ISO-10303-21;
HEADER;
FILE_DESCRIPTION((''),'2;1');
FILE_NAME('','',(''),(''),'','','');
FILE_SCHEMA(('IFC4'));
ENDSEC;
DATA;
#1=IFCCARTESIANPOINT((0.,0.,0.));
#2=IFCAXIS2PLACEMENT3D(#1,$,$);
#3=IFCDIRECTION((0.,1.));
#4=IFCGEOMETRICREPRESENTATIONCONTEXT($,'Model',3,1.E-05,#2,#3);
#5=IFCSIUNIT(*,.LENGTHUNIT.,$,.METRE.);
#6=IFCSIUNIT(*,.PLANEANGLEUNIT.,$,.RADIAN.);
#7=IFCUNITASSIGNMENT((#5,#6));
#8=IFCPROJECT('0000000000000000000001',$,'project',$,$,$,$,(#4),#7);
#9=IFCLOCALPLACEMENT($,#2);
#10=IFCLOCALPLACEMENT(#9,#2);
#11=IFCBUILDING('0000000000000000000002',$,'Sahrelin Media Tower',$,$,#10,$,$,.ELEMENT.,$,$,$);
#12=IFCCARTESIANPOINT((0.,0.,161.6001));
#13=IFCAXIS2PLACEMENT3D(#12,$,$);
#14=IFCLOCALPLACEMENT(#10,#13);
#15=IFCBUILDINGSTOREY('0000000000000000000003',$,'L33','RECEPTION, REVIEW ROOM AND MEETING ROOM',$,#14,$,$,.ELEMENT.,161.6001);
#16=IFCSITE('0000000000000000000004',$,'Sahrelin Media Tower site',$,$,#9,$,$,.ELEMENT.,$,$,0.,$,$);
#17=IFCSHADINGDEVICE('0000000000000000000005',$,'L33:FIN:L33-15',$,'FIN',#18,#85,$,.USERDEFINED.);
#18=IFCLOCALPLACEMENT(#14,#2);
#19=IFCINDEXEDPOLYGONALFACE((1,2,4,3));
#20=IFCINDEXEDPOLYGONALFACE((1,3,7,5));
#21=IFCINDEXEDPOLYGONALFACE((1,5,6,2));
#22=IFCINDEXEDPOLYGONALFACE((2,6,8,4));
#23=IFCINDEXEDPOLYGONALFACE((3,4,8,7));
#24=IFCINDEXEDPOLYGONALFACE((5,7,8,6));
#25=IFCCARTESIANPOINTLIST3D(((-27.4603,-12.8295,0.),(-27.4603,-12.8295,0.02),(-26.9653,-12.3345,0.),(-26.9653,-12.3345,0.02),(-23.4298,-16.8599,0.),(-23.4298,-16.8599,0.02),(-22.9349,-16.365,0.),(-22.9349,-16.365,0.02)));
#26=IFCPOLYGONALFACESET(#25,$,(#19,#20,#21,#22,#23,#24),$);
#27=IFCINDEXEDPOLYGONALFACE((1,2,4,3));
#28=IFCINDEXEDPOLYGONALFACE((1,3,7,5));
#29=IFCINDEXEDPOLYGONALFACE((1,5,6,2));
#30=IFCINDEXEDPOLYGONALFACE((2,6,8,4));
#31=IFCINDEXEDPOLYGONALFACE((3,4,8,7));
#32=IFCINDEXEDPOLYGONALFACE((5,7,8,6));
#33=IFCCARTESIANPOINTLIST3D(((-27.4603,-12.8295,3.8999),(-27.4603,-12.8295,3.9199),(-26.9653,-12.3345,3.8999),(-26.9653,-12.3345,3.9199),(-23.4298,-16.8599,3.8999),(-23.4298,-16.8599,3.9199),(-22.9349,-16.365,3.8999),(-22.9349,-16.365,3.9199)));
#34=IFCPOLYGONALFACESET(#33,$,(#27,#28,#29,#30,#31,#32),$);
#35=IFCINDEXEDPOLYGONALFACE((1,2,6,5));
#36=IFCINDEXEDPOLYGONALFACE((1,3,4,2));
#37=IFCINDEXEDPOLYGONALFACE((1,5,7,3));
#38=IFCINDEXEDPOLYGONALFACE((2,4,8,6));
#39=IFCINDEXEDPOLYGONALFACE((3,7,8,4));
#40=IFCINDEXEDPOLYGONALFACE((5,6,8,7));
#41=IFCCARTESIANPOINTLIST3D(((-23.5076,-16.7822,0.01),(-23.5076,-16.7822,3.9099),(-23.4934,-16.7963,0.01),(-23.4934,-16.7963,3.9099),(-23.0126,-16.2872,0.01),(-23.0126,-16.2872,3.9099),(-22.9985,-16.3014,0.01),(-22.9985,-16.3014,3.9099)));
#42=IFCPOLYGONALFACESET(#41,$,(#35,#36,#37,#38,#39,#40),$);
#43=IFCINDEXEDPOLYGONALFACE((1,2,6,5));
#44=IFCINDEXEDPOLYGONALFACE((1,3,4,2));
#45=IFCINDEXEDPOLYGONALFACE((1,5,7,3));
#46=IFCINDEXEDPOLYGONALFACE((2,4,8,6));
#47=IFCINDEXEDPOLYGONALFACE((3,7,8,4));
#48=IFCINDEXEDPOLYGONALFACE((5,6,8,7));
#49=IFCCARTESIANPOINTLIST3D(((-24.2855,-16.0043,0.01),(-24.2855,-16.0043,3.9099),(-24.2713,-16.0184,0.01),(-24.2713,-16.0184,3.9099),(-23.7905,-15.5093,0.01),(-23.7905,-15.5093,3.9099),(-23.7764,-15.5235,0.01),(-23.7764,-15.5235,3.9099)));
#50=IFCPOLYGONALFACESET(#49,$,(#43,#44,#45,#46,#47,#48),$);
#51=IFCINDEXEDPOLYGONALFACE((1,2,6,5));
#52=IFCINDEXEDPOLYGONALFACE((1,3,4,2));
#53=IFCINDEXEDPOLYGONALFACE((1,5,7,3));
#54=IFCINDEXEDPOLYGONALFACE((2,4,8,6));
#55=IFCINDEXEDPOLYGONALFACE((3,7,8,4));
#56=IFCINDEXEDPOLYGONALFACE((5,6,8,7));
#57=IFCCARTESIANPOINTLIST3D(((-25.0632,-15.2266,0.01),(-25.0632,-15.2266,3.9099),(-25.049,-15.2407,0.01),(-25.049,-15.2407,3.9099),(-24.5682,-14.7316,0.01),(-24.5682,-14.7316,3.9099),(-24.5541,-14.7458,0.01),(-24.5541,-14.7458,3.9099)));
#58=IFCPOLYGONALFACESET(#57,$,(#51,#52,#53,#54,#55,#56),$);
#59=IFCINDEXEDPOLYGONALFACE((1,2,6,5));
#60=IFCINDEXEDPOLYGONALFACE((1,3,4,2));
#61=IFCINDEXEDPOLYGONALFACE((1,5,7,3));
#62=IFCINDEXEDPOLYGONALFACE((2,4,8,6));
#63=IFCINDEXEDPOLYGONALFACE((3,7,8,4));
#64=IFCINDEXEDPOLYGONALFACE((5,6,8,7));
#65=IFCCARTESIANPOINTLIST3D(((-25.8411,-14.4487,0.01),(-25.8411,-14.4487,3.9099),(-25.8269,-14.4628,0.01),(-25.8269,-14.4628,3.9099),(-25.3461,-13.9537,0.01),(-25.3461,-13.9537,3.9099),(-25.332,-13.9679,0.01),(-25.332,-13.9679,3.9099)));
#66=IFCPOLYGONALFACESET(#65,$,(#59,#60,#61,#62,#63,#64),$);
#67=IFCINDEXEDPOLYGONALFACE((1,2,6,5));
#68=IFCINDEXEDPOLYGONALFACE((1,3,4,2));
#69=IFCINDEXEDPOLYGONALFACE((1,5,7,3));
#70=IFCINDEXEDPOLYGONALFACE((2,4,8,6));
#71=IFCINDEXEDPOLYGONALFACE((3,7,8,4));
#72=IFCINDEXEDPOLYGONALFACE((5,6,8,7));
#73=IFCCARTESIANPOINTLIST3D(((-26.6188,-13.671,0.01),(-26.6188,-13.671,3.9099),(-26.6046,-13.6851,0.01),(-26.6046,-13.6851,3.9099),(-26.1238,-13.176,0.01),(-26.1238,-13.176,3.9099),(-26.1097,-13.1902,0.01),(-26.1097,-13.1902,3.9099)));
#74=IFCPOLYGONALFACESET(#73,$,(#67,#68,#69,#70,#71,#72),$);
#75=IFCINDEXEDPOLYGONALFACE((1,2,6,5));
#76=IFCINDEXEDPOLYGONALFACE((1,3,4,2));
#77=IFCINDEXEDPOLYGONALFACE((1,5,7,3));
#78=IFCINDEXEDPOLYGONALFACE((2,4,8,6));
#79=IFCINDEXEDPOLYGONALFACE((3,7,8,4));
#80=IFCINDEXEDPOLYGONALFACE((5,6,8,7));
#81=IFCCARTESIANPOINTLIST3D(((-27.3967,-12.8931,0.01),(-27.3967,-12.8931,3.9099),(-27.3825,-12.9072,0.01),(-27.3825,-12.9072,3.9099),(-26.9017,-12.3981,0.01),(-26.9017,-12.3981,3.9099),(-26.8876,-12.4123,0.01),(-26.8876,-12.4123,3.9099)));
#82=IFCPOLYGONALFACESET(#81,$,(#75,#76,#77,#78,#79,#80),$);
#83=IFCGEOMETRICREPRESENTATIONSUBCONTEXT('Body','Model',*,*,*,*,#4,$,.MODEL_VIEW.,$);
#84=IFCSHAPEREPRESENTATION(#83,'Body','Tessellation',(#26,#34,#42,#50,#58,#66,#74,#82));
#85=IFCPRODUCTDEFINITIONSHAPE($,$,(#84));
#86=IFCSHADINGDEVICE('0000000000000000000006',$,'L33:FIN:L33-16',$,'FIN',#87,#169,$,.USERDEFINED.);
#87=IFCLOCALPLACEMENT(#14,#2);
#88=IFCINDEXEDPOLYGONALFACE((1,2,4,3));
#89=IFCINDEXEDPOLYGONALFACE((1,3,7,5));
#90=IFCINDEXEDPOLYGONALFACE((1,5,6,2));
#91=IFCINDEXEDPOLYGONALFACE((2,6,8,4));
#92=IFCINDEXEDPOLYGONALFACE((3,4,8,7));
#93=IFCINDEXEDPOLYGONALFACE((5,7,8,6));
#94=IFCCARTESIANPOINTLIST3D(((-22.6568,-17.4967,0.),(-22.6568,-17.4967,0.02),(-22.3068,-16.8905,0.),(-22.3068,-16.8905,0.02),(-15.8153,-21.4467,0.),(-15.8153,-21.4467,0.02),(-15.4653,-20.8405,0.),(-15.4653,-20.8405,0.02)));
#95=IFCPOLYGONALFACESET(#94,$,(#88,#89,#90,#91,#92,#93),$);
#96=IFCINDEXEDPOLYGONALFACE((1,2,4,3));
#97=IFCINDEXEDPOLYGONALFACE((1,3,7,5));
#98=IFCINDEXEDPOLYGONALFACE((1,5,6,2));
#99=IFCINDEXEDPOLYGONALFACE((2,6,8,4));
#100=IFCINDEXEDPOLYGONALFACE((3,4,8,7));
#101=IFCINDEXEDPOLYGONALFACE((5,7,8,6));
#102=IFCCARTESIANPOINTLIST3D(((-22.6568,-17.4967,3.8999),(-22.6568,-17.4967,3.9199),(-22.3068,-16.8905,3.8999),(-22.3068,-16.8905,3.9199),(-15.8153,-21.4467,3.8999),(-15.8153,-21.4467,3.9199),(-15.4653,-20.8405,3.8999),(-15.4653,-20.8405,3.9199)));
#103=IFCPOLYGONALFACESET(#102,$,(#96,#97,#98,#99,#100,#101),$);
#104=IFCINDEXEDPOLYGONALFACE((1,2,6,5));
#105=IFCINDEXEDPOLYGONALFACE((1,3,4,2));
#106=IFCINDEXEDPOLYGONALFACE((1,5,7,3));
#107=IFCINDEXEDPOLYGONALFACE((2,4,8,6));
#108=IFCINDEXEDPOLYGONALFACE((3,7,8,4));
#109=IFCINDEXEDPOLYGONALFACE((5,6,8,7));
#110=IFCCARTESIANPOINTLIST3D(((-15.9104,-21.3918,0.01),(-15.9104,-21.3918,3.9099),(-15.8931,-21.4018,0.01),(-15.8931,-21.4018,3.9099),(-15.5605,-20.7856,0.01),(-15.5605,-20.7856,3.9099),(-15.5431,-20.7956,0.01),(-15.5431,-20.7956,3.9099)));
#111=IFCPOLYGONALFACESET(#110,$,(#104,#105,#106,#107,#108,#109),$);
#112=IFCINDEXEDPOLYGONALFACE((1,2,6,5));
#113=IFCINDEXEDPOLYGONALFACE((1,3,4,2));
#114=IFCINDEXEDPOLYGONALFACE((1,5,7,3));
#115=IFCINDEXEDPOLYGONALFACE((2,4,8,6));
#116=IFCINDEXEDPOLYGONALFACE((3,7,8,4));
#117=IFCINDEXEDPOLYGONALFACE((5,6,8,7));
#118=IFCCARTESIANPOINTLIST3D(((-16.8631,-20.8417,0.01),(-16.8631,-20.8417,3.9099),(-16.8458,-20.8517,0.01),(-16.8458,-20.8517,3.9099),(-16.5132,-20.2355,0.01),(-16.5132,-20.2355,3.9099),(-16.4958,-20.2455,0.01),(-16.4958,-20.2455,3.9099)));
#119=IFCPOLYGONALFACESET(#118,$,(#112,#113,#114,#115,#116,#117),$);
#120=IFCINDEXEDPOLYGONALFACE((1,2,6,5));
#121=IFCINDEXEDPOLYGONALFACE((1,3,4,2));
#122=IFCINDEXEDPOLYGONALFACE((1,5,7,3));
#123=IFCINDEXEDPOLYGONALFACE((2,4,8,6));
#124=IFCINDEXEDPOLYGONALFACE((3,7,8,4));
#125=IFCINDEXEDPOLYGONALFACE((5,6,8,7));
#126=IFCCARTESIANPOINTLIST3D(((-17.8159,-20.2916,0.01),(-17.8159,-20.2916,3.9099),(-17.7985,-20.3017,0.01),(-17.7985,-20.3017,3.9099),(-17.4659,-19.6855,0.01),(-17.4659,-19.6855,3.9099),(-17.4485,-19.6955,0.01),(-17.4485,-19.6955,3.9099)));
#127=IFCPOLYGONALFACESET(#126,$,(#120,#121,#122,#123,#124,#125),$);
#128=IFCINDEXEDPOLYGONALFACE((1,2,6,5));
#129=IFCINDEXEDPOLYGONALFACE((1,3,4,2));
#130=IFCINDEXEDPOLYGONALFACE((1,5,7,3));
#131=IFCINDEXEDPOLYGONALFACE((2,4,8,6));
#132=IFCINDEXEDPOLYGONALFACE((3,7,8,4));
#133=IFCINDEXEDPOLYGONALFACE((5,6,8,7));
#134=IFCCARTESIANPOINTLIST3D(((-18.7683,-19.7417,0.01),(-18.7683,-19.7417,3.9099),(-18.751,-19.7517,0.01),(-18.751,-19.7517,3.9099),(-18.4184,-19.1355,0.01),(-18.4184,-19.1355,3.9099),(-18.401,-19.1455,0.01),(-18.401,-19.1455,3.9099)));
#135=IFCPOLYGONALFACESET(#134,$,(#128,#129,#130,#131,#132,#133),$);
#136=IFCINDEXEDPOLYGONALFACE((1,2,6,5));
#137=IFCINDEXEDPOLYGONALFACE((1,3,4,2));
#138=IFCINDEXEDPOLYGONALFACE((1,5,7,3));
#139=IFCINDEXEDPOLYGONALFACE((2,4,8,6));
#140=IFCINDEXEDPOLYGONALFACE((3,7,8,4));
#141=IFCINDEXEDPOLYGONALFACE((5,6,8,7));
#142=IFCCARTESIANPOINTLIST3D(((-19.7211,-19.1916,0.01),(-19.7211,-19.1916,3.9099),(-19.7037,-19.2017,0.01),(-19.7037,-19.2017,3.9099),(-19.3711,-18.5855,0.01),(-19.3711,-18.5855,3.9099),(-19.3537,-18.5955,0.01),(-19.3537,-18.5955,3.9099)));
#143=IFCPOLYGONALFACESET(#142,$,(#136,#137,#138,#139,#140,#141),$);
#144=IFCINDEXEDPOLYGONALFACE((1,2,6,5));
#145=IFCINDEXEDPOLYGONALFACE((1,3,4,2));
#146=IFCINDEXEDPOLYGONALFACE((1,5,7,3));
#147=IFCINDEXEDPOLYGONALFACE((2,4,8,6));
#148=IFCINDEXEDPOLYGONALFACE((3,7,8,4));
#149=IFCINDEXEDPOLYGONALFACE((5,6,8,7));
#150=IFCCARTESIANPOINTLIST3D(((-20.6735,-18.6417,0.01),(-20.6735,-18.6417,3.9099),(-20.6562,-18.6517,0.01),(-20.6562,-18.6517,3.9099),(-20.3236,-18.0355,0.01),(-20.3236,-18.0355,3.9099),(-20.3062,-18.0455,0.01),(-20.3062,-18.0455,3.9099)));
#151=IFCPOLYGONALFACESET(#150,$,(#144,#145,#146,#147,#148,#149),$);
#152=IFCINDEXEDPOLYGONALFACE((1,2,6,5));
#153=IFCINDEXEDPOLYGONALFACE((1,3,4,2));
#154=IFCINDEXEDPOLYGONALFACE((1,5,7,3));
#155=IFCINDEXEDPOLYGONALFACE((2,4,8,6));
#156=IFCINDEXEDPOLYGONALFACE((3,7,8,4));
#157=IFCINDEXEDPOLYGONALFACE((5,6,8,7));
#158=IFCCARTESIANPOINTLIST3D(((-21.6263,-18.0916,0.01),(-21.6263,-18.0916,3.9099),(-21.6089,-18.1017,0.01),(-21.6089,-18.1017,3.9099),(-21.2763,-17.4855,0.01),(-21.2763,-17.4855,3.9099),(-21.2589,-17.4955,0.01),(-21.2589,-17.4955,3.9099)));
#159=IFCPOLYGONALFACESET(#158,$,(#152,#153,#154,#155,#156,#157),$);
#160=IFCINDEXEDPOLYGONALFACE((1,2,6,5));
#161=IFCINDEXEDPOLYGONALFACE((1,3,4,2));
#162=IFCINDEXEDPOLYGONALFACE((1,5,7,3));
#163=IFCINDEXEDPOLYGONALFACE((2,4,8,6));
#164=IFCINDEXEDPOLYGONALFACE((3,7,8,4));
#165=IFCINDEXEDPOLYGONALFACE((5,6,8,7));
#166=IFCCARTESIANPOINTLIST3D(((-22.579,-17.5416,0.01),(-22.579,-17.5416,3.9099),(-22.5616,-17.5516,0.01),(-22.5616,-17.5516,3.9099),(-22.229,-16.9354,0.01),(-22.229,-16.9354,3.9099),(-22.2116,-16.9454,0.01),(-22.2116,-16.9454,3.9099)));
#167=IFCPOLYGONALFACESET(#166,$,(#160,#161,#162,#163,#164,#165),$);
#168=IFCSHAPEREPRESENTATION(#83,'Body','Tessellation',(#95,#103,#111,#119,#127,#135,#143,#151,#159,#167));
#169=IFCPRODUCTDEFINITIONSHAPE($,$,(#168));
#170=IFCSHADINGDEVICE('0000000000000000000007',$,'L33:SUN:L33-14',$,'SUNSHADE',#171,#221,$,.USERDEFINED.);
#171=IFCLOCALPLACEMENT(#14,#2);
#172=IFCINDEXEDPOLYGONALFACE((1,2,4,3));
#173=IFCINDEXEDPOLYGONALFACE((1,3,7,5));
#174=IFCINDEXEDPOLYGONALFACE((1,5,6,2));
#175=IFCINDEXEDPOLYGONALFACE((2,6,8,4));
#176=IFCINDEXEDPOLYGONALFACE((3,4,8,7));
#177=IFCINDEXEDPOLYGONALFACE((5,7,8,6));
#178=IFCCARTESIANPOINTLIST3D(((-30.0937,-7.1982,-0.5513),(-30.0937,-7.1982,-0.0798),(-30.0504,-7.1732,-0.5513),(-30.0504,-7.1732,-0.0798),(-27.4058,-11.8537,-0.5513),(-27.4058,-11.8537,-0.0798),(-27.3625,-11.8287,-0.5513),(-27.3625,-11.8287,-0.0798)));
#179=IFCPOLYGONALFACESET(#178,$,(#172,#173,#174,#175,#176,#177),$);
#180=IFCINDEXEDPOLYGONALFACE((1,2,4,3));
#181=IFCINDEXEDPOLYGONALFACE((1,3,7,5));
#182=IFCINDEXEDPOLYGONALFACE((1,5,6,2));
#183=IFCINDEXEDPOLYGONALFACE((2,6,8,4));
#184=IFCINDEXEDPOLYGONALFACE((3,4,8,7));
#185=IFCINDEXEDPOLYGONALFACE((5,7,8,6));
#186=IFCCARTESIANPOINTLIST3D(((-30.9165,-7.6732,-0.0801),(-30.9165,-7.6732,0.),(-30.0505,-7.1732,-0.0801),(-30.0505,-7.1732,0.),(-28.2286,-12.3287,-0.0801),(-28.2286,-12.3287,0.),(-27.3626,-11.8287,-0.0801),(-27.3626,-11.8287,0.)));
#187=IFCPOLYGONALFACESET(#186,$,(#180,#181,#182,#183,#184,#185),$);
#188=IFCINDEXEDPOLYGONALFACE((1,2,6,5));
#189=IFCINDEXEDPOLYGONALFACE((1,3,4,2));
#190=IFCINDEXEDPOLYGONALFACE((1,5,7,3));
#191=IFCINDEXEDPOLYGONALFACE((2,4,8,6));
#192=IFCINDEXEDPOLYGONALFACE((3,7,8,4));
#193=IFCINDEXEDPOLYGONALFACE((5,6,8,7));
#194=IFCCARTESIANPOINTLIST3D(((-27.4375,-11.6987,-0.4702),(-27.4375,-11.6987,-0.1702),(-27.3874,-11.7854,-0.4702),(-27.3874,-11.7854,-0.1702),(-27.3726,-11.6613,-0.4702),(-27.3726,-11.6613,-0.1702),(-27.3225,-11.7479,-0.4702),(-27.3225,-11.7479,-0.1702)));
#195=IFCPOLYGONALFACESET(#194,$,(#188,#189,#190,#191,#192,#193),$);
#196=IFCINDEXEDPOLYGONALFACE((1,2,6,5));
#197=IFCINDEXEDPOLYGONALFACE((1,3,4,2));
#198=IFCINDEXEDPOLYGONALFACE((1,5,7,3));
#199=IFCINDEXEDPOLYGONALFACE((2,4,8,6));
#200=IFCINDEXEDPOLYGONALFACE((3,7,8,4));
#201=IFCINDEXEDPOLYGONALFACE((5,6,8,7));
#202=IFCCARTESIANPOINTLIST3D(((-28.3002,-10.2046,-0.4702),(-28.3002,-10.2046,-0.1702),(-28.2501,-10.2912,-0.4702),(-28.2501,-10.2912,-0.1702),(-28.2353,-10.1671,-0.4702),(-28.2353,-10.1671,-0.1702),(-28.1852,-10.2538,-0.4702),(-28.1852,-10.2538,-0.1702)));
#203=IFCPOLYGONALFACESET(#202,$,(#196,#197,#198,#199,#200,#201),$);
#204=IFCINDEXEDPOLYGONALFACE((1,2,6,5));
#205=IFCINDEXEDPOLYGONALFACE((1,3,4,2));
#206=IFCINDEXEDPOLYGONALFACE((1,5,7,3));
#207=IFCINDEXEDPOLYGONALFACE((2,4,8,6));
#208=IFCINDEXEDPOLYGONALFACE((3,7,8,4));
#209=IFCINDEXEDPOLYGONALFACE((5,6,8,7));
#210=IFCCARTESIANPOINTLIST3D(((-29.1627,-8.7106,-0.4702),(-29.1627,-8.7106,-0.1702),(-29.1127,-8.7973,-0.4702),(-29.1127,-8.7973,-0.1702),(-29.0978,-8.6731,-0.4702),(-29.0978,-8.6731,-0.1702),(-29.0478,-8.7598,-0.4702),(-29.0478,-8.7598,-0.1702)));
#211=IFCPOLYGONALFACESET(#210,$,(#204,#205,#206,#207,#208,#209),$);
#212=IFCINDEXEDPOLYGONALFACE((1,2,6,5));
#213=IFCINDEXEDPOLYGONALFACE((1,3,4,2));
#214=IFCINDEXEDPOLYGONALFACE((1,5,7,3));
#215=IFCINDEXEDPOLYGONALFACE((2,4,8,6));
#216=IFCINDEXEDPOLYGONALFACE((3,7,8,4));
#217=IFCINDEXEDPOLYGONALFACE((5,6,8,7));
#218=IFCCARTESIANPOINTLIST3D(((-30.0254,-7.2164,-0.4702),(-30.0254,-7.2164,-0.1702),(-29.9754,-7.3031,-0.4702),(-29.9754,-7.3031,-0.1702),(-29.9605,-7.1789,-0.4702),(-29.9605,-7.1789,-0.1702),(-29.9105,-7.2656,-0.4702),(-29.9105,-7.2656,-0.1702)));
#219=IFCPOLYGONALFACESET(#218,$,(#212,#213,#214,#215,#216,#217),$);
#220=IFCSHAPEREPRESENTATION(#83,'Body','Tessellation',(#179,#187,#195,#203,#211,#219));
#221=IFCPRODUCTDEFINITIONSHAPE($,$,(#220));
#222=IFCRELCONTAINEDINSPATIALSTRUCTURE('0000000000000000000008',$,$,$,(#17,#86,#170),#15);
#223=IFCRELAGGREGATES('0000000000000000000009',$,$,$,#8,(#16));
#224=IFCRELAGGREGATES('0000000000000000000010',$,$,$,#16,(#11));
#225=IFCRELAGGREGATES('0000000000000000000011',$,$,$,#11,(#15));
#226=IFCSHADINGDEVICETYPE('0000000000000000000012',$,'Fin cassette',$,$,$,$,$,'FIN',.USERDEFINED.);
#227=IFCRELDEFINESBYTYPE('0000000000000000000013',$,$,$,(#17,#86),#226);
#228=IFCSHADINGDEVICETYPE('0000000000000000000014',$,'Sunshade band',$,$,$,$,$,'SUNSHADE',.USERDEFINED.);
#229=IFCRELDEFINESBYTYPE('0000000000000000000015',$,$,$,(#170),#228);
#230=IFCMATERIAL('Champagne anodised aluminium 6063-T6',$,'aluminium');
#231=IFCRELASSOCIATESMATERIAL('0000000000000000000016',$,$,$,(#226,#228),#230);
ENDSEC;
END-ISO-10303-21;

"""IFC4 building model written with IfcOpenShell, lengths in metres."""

from ifc_helpers import new_model, si_unit, direction, frame, origin, origin_2d, place, context, subcontext, project, spatial, rectangle, extrude, material, type_object, element, save


model = new_model("IFC4")

# Units and contexts
model_context = context("Model", 3, precision=1e-05, world=origin(), true_north=direction((0.0, 1.0)))
body_context = subcontext(model_context, "Body", "Model", "MODEL_VIEW")
ifc_project = project(units=[si_unit("LENGTHUNIT", "METRE"), si_unit("PLANEANGLEUNIT", "RADIAN")], contexts=[model_context])

# Site, building, storey
site_placement = place(None, origin())
site = spatial("IfcSite", under=ifc_project, at=site_placement, Name="Sahrelin Media Tower site", CompositionType="ELEMENT", RefElevation=0.0)
building_placement = place(site_placement, origin())
building = spatial("IfcBuilding", under=site, at=building_placement, Name="Sahrelin Media Tower", CompositionType="ELEMENT")
storey_placement = place(building_placement, frame((0.0, 0.0, 161.6001)))
storey = spatial("IfcBuildingStorey", under=building, at=storey_placement, Name="L33", Description="RECEPTION, REVIEW ROOM AND MEETING ROOM", CompositionType="ELEMENT", Elevation=161.6001)

# Shared definitions
ifc_material_1 = material(Name="Champagne anodised aluminium 6063-T6", Category="aluminium")

# Shading devices
shading_device_type_1 = type_object("IfcShadingDeviceType", Name="Fin cassette", ElementType="FIN", PredefinedType="USERDEFINED", material=ifc_material_1)
placement_1 = place(storey_placement, frame((-28.6892, -9.491, 0.0), z_axis=(0.0, 0.0, 1.0), x_axis=(-0.500011, 0.866019, 0.0)))
placement_2 = place(storey_placement, frame((-24.9006, -14.3003, 0.0), z_axis=(0.0, 0.0, 1.0), x_axis=(-0.707107, 0.707107, 0.0)))
element("IfcShadingDevice", 1, at=placement_2, inside=storey, type_object=shading_device_type_1, Name="L33:FIN:L33-15", ObjectType="FIN", PredefinedType="USERDEFINED", context=body_context, shape_type="SweptSolid", body=[
    extrude(rectangle(XDim=5.7, YDim=0.7, at=origin_2d()), frame((0.0, 0.4199, 0.0)), (0.0, 0.0, 1.0), 0.02),
    extrude(rectangle(XDim=5.7, YDim=0.7, at=origin_2d()), frame((0.0, 0.4199, 3.8999)), (0.0, 0.0, 1.0), 0.02),
    extrude(rectangle(XDim=0.02, YDim=0.7, at=origin_2d()), frame((-2.75, 0.4199, 0.01), z_axis=(0.0, 0.0, 1.0), x_axis=(1.0, 0.0, 0.0)), (0.0, 0.0, 1.0), 3.8999),
    extrude(rectangle(XDim=0.02, YDim=0.7, at=origin_2d()), frame((-1.6499, 0.4199, 0.01), z_axis=(0.0, 0.0, 1.0), x_axis=(1.0, 0.0, 0.0)), (0.0, 0.0, 1.0), 3.8999),
    extrude(rectangle(XDim=0.02, YDim=0.7, at=origin_2d()), frame((-0.55, 0.4199, 0.01), z_axis=(0.0, 0.0, 1.0), x_axis=(1.0, 0.0, 0.0)), (0.0, 0.0, 1.0), 3.8999),
    extrude(rectangle(XDim=0.02, YDim=0.7, at=origin_2d()), frame((0.55, 0.4199, 0.01), z_axis=(0.0, 0.0, 1.0), x_axis=(1.0, 0.0, 0.0)), (0.0, 0.0, 1.0), 3.8999),
    extrude(rectangle(XDim=0.02, YDim=0.7, at=origin_2d()), frame((1.6499, 0.4199, 0.01), z_axis=(0.0, 0.0, 1.0), x_axis=(1.0, 0.0, 0.0)), (0.0, 0.0, 1.0), 3.8999),
    extrude(rectangle(XDim=0.02, YDim=0.7, at=origin_2d()), frame((2.75, 0.4199, 0.01), z_axis=(0.0, 0.0, 1.0), x_axis=(1.0, 0.0, 0.0)), (0.0, 0.0, 1.0), 3.8999),
])
placement_3 = place(storey_placement, frame((-18.8511, -18.8049, 0.0), z_axis=(0.0, 0.0, 1.0), x_axis=(-0.866019, 0.500011, 0.0)))
element("IfcShadingDevice", 2, at=placement_3, inside=storey, type_object=shading_device_type_1, Name="L33:FIN:L33-16", ObjectType="FIN", PredefinedType="USERDEFINED", context=body_context, shape_type="SweptSolid", body=[
    extrude(rectangle(XDim=7.8999, YDim=0.7, at=origin_2d()), frame((0.0, 0.4199, 0.0)), (0.0, 0.0, 1.0), 0.02),
    extrude(rectangle(XDim=7.8999, YDim=0.7, at=origin_2d()), frame((0.0, 0.4199, 3.8999)), (0.0, 0.0, 1.0), 0.02),
    extrude(rectangle(XDim=0.02, YDim=0.7, at=origin_2d()), frame((-3.8501, 0.4199, 0.01), z_axis=(0.0, 0.0, 1.0), x_axis=(1.0, 0.0, 0.0)), (0.0, 0.0, 1.0), 3.8999),
    extrude(rectangle(XDim=0.02, YDim=0.7, at=origin_2d()), frame((-2.75, 0.4199, 0.01), z_axis=(0.0, 0.0, 1.0), x_axis=(1.0, 0.0, 0.0)), (0.0, 0.0, 1.0), 3.8999),
    extrude(rectangle(XDim=0.02, YDim=0.7, at=origin_2d()), frame((-1.6499, 0.4199, 0.01), z_axis=(0.0, 0.0, 1.0), x_axis=(1.0, 0.0, 0.0)), (0.0, 0.0, 1.0), 3.8999),
    extrude(rectangle(XDim=0.02, YDim=0.7, at=origin_2d()), frame((-0.55, 0.4199, 0.01), z_axis=(0.0, 0.0, 1.0), x_axis=(1.0, 0.0, 0.0)), (0.0, 0.0, 1.0), 3.8999),
    extrude(rectangle(XDim=0.02, YDim=0.7, at=origin_2d()), frame((0.55, 0.4199, 0.01), z_axis=(0.0, 0.0, 1.0), x_axis=(1.0, 0.0, 0.0)), (0.0, 0.0, 1.0), 3.8999),
    extrude(rectangle(XDim=0.02, YDim=0.7, at=origin_2d()), frame((1.6499, 0.4199, 0.01), z_axis=(0.0, 0.0, 1.0), x_axis=(1.0, 0.0, 0.0)), (0.0, 0.0, 1.0), 3.8999),
    extrude(rectangle(XDim=0.02, YDim=0.7, at=origin_2d()), frame((2.75, 0.4199, 0.01), z_axis=(0.0, 0.0, 1.0), x_axis=(1.0, 0.0, 0.0)), (0.0, 0.0, 1.0), 3.8999),
    extrude(rectangle(XDim=0.02, YDim=0.7, at=origin_2d()), frame((3.8501, 0.4199, 0.01), z_axis=(0.0, 0.0, 1.0), x_axis=(1.0, 0.0, 0.0)), (0.0, 0.0, 1.0), 3.8999),
])
shading_device_type_2 = type_object("IfcShadingDeviceType", Name="Sunshade band", ElementType="SUNSHADE", PredefinedType="USERDEFINED", material=ifc_material_1)
element("IfcShadingDevice", 3, at=placement_1, inside=storey, type_object=shading_device_type_2, Name="L33:SUN:L33-14", ObjectType="SUNSHADE", PredefinedType="USERDEFINED", context=body_context, shape_type="SweptSolid", body=[
    extrude(rectangle(XDim=5.3757, YDim=0.05, at=origin_2d()), frame((0.0, 0.0449, -0.5513)), (0.0, 0.0, 1.0), 0.4714),
    extrude(rectangle(XDim=5.3757, YDim=1.0, at=origin_2d()), frame((0.0, 0.52, -0.0801)), (0.0, 0.0, 1.0), 0.0801),
    extrude(rectangle(XDim=0.1001, YDim=0.075, at=origin_2d()), frame((-2.5879, -0.0176, -0.4702)), (0.0, 0.0, 1.0), 0.3),
    extrude(rectangle(XDim=0.1001, YDim=0.075, at=origin_2d()), frame((-0.8625, -0.0176, -0.4702)), (0.0, 0.0, 1.0), 0.3),
    extrude(rectangle(XDim=0.1001, YDim=0.075, at=origin_2d()), frame((0.8625, -0.0176, -0.4702)), (0.0, 0.0, 1.0), 0.3),
    extrude(rectangle(XDim=0.1001, YDim=0.075, at=origin_2d()), frame((2.5879, -0.0176, -0.4702)), (0.0, 0.0, 1.0), 0.3),
])

save(model, "model.ifc")
